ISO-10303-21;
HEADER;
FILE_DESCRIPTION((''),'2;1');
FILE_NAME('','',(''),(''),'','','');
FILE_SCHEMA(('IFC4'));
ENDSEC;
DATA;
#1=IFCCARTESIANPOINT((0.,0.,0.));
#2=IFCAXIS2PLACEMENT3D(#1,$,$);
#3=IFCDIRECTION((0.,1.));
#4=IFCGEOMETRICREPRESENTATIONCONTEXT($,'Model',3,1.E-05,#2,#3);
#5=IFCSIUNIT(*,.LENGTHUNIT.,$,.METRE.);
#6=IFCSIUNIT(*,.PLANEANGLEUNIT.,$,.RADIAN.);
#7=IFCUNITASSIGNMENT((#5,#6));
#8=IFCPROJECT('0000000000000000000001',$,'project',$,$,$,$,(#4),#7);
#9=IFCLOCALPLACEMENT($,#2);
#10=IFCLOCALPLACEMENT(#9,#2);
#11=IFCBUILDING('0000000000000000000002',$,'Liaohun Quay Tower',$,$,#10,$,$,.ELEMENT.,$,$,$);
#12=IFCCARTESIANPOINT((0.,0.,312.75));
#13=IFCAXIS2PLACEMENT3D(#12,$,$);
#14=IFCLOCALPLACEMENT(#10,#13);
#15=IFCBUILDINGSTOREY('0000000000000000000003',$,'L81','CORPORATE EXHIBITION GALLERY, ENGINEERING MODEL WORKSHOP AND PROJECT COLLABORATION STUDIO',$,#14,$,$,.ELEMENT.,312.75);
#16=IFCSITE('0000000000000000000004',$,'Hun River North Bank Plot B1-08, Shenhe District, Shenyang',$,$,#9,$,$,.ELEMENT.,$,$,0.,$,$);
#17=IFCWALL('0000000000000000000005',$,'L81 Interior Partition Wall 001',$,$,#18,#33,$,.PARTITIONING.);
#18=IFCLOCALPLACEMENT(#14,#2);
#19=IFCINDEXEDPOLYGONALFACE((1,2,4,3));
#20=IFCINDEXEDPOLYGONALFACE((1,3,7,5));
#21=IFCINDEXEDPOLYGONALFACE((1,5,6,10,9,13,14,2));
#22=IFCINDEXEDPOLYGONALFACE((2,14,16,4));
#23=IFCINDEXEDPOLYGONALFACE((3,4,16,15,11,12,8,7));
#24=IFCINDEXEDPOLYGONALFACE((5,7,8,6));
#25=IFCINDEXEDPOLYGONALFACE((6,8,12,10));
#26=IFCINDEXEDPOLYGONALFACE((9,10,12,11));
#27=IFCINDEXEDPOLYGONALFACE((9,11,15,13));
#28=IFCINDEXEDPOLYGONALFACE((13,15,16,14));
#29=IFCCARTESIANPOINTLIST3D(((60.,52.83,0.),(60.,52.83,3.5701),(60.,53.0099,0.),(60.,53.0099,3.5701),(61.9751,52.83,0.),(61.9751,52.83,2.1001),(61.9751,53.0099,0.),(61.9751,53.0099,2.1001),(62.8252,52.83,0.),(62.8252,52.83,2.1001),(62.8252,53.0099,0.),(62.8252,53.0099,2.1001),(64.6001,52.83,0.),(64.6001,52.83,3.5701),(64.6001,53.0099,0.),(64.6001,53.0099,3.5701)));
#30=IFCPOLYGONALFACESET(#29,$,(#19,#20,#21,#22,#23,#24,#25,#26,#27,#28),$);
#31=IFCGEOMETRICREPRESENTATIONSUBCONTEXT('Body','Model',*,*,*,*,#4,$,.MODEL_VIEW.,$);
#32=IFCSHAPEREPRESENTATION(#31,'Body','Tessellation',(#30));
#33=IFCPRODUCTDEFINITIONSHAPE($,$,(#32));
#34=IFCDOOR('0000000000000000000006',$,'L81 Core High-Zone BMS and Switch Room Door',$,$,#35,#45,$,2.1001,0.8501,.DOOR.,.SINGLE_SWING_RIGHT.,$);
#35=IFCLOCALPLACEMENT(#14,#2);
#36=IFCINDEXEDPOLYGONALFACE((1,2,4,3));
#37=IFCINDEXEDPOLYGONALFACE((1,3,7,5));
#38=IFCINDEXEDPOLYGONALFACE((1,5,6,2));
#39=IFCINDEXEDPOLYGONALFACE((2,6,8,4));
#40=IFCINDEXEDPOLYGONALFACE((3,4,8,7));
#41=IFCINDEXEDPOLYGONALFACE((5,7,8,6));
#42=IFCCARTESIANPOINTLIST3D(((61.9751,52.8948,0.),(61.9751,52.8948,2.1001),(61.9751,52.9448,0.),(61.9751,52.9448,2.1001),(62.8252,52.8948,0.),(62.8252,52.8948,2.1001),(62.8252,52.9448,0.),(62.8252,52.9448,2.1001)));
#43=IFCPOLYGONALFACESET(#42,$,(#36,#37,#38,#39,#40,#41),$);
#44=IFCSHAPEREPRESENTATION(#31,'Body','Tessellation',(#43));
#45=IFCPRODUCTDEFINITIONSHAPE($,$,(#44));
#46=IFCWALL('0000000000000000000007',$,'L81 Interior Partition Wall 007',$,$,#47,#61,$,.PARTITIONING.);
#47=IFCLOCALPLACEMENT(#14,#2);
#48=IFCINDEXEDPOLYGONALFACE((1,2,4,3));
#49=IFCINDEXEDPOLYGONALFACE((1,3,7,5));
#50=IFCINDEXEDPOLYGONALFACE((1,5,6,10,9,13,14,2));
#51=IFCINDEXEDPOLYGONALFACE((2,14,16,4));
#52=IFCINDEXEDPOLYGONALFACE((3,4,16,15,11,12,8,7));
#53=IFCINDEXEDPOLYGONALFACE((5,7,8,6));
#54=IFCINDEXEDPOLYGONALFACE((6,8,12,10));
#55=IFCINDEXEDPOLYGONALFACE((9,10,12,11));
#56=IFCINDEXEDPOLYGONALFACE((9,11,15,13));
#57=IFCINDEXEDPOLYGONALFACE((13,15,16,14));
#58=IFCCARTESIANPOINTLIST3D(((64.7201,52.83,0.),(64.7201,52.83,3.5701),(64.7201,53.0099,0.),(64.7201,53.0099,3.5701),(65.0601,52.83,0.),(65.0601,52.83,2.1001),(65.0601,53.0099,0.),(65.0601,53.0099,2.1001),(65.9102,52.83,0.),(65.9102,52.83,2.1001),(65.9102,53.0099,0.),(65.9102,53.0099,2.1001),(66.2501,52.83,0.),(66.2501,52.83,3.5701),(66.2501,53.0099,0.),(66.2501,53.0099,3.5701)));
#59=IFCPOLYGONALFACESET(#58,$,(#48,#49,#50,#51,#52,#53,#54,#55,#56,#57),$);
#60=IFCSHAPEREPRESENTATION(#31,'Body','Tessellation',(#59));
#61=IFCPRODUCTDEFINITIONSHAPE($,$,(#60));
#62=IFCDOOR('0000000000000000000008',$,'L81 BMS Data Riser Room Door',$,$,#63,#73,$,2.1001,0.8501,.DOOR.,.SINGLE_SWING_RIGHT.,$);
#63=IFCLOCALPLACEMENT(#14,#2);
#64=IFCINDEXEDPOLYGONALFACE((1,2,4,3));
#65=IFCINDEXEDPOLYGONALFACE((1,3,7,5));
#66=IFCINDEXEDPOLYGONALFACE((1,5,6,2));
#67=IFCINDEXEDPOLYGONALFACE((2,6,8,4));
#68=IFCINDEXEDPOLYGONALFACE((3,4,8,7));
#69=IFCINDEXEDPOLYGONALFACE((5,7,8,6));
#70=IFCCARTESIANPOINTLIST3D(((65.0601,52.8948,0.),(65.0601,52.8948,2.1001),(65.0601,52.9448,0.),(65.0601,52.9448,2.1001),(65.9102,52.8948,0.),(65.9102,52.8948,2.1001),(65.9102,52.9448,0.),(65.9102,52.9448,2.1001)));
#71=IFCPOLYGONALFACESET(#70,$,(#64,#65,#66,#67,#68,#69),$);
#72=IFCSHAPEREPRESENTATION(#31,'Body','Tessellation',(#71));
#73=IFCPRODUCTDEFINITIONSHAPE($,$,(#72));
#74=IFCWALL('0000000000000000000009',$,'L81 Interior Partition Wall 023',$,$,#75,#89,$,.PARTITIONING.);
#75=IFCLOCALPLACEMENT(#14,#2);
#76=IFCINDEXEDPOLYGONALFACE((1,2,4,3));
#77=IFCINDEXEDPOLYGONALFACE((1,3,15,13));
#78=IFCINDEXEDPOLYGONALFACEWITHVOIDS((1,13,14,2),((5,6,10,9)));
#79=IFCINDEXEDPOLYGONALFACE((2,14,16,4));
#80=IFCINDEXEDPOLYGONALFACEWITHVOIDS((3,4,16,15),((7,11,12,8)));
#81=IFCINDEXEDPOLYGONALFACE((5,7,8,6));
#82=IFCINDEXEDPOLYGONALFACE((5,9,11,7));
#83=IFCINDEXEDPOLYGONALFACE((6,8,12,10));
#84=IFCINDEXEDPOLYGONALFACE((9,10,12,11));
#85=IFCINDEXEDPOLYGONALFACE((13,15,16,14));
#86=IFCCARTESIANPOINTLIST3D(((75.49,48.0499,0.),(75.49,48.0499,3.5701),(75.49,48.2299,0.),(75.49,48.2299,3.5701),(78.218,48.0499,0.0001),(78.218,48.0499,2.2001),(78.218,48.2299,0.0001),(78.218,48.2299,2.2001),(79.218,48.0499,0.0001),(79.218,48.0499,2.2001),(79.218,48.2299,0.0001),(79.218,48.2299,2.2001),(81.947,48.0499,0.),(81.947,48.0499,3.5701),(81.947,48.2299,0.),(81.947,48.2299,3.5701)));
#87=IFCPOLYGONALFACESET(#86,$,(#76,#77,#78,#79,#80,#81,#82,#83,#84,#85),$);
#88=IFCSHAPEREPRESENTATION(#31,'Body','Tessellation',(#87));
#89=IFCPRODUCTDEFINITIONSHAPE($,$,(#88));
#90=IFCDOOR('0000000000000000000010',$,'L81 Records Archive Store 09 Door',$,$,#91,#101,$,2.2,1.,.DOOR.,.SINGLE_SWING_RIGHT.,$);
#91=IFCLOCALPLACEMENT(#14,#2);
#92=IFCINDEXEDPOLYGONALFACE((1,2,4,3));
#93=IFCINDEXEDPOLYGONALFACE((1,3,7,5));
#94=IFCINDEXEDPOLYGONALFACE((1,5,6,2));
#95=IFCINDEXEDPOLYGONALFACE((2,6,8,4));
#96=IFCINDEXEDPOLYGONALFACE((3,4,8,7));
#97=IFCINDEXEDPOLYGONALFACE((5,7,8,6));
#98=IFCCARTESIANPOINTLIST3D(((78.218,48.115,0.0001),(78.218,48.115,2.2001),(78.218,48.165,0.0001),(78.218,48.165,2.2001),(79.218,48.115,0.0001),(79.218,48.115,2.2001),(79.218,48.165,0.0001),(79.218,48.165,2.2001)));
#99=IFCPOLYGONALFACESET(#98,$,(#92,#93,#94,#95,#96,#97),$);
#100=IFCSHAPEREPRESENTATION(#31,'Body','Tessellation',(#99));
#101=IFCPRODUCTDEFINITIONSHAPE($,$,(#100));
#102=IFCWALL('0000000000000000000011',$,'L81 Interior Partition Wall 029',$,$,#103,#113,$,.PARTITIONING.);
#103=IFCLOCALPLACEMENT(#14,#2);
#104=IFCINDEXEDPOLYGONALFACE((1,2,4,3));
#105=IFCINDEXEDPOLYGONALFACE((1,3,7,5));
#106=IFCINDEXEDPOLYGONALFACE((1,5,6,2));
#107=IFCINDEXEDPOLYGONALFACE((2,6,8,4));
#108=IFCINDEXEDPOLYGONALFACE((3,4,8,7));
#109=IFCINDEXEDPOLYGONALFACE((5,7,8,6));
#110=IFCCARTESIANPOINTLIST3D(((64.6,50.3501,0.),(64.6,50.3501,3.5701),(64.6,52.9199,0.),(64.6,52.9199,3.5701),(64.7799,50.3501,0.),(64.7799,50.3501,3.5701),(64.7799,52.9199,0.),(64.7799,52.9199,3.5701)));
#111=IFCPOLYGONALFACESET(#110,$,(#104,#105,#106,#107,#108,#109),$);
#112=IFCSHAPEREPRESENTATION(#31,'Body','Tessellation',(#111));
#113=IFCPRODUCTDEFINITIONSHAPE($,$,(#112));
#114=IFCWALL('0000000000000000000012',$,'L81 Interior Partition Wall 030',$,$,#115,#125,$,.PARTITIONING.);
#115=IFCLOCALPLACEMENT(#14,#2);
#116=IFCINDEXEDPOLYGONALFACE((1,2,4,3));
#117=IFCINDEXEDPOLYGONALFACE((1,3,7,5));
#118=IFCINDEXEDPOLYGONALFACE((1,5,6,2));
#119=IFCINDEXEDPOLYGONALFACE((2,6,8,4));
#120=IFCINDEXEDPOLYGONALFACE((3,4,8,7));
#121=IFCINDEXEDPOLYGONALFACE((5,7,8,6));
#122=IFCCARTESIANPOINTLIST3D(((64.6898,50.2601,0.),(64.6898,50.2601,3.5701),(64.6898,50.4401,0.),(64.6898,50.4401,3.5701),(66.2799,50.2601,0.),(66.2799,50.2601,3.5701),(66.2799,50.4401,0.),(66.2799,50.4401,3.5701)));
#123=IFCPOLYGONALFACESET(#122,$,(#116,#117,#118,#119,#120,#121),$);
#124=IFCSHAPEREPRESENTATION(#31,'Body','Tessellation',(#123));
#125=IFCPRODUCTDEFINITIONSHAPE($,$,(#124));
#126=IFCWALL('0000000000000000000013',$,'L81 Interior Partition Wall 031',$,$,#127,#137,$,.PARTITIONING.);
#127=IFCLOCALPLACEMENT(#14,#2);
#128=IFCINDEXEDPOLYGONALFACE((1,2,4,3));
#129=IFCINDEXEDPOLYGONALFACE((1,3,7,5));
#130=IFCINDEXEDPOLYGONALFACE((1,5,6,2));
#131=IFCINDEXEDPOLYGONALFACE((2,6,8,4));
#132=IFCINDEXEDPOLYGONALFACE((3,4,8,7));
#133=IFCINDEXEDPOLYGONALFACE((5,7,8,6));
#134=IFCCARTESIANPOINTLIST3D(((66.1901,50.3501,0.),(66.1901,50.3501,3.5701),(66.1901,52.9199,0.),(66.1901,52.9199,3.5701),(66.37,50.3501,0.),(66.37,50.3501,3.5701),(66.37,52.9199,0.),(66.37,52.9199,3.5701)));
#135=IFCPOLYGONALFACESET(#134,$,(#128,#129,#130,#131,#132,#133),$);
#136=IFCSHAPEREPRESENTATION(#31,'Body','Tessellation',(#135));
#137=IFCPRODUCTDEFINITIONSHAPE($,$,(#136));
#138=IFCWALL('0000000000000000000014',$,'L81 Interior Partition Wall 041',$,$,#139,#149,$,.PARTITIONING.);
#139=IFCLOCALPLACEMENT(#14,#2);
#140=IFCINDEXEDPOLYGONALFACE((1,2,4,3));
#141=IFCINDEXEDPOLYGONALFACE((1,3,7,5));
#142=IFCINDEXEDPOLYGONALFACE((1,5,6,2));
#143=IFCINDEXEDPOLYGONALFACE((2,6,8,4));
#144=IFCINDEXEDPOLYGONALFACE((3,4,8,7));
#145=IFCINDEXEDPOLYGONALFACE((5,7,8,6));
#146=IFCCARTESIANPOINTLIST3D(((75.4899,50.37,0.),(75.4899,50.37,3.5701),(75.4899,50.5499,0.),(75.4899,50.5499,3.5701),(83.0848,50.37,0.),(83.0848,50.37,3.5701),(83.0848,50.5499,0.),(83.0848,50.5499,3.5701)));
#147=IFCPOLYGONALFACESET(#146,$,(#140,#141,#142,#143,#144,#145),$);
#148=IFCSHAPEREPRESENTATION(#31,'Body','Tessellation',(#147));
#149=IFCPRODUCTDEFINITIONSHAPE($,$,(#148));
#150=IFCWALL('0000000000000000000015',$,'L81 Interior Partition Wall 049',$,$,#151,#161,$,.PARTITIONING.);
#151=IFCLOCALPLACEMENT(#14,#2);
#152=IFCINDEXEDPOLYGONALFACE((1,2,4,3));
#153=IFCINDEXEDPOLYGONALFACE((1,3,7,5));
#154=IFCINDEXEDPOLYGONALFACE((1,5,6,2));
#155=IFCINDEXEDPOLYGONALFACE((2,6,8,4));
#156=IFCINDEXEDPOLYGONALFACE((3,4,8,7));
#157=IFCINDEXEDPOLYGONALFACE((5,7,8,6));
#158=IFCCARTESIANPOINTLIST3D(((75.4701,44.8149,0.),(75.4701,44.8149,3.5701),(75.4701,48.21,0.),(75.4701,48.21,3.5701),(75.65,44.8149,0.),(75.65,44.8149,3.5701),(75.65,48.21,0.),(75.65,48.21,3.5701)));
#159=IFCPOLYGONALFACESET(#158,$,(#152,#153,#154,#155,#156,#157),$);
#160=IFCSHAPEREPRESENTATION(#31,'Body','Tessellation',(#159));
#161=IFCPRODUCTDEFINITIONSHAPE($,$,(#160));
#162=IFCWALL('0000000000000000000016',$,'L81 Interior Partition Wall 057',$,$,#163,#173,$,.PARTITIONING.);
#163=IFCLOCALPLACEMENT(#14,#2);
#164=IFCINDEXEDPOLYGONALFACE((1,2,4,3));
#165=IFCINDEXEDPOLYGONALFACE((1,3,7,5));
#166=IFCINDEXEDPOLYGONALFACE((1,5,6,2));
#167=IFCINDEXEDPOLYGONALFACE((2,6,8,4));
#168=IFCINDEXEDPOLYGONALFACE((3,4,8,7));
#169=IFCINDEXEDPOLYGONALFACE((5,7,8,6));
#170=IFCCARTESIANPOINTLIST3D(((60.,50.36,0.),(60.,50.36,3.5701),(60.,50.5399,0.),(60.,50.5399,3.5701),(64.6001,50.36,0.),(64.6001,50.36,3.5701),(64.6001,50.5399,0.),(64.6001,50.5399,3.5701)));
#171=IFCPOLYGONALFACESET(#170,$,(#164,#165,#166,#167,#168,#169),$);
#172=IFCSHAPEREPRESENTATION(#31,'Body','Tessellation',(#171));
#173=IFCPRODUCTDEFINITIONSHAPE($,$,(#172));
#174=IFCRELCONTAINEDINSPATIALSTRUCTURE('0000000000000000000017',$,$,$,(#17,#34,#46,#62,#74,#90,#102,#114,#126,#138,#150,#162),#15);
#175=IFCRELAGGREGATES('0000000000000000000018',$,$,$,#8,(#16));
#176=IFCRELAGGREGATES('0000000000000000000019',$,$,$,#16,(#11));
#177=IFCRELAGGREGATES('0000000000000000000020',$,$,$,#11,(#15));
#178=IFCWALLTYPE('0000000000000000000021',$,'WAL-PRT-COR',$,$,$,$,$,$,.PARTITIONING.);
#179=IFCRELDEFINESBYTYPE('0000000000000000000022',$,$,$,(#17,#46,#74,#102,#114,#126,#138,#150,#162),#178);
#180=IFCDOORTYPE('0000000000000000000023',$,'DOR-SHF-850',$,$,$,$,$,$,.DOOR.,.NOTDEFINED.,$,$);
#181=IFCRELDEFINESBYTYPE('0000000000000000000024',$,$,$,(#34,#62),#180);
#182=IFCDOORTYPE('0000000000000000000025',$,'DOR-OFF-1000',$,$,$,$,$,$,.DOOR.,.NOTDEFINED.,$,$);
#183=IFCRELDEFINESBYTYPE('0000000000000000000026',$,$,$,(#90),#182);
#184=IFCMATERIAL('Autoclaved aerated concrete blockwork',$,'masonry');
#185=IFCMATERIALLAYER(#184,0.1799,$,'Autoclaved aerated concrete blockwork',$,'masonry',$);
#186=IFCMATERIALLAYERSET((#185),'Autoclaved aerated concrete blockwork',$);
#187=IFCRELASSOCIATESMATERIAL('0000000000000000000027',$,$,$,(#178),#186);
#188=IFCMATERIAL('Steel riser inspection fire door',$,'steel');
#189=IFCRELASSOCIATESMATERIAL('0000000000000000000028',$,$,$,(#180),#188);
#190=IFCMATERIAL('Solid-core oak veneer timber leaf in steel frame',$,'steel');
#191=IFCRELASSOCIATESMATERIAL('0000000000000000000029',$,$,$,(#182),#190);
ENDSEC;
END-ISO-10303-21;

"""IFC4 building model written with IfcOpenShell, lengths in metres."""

from ifc_helpers import new_model, si_unit, direction, frame, frame_2d, origin, place, context, subcontext, project, spatial, rectangle, extrude, source, transform, mapped, material, layer, layer_set, type_object, element, fill, save


model = new_model("IFC4")

# Units and contexts
model_context = context("Model", 3, precision=1e-05, world=origin(), true_north=direction((0.0, 1.0)))
body_context = subcontext(model_context, "Body", "Model", "MODEL_VIEW")
ifc_project = project(units=[si_unit("LENGTHUNIT", "METRE"), si_unit("PLANEANGLEUNIT", "RADIAN")], contexts=[model_context])

# Site, building, storey
site_placement = place(None, origin())
site = spatial("IfcSite", under=ifc_project, at=site_placement, Name="Hun River North Bank Plot B1-08, Shenhe District, Shenyang", CompositionType="ELEMENT", RefElevation=0.0)
building_placement = place(site_placement, origin())
building = spatial("IfcBuilding", under=site, at=building_placement, Name="Liaohun Quay Tower", CompositionType="ELEMENT")
storey_placement = place(building_placement, frame((0.0, 0.0, 312.75)))
storey = spatial("IfcBuildingStorey", under=building, at=storey_placement, Name="L81", Description="CORPORATE EXHIBITION GALLERY, ENGINEERING MODEL WORKSHOP AND PROJECT COLLABORATION STUDIO", CompositionType="ELEMENT", Elevation=312.75)

# Walls, openings, doors
ifc_material_1 = material(Name="Autoclaved aerated concrete blockwork", Category="masonry")
ifc_layer_1 = layer(ifc_material_1, 0.1799, Name="Autoclaved aerated concrete blockwork", Category="masonry")
ifc_layer_set_1 = layer_set([ifc_layer_1], Name="Autoclaved aerated concrete blockwork")
wall_type_1 = type_object("IfcWallType", Name="WAL-PRT-COR", PredefinedType="PARTITIONING", material=ifc_layer_set_1)
wall_1_placement = place(storey_placement, frame((60.0, 52.9199, 0.0), z_axis=(0.0, 0.0, 1.0), x_axis=(1.0, 0.0, 0.0)))
wall_1 = element("IfcWall", 1, at=wall_1_placement, inside=storey, type_object=wall_type_1, Name="L81 Interior Partition Wall 001", PredefinedType="PARTITIONING", context=body_context, shape_type="SweptSolid", body=[
    extrude(rectangle(XDim=4.6001, YDim=0.1799, at=frame_2d((2.3, 0.0))), origin(), (0.0, 0.0, 1.0), 3.5701),
])
shared_shape_1 = source(origin(), body_context, "Body", "SweptSolid", [
    extrude(rectangle(XDim=0.8501, YDim=2.1001, at=frame_2d((0.425, 1.05))), frame((0.0, 0.0999, 0.0), z_axis=(0.0, -1.0, 0.0), x_axis=(1.0, 0.0, 0.0)), (0.0, 0.0, 1.0), 0.2),
])
opening_1_placement = place(wall_1_placement, frame((1.9751, 0.0, 0.0)))
opening_1 = element("IfcOpeningElement", 2, at=opening_1_placement, cuts=wall_1, PredefinedType="OPENING", context=body_context, shape_type="MappedRepresentation", body=[
    mapped(shared_shape_1, transform((0.0, 0.0, 0.0), x_axis=(1.0, 0.0, 0.0), y_axis=(0.0, 1.0, 0.0), z_axis=(0.0, 0.0, 1.0), scale=1.0)),
])
ifc_material_2 = material(Name="Steel riser inspection fire door", Category="steel")
door_type_1 = type_object("IfcDoorType", Name="DOR-SHF-850", OperationType="NOTDEFINED", PredefinedType="DOOR", material=ifc_material_2)
shared_shape_2 = source(origin(), body_context, "Body", "SweptSolid", [
    extrude(rectangle(XDim=0.8501, YDim=2.1001, at=frame_2d((0.425, 1.05))), frame((0.0, 0.0249, 0.0), z_axis=(0.0, -1.0, 0.0), x_axis=(1.0, 0.0, 0.0)), (0.0, 0.0, 1.0), 0.05),
])
door_1_placement = place(opening_1_placement, origin())
door_1 = element("IfcDoor", 3, at=door_1_placement, inside=storey, type_object=door_type_1, Name="L81 Core High-Zone BMS and Switch Room Door", OperationType="SINGLE_SWING_RIGHT", OverallHeight=2.1001, OverallWidth=0.8501, PredefinedType="DOOR", context=body_context, shape_type="MappedRepresentation", body=[
    mapped(shared_shape_2, transform((0.0, 0.0, 0.0), x_axis=(1.0, 0.0, 0.0), y_axis=(0.0, 1.0, 0.0), z_axis=(0.0, 0.0, 1.0), scale=1.0)),
])
fill(opening_1, door_1)
wall_2_placement = place(storey_placement, frame((64.72, 52.9199, 0.0), z_axis=(0.0, 0.0, 1.0), x_axis=(1.0, 0.0, 0.0)))
wall_2 = element("IfcWall", 4, at=wall_2_placement, inside=storey, type_object=wall_type_1, Name="L81 Interior Partition Wall 007", PredefinedType="PARTITIONING", context=body_context, shape_type="SweptSolid", body=[
    extrude(rectangle(XDim=1.53, YDim=0.1799, at=frame_2d((0.7651, 0.0))), origin(), (0.0, 0.0, 1.0), 3.5701),
])
opening_2_placement = place(wall_2_placement, frame((0.3401, 0.0, 0.0)))
opening_2 = element("IfcOpeningElement", 5, at=opening_2_placement, cuts=wall_2, PredefinedType="OPENING", context=body_context, shape_type="MappedRepresentation", body=[
    mapped(shared_shape_1, transform((0.0, 0.0, 0.0), x_axis=(1.0, 0.0, 0.0), y_axis=(0.0, 1.0, 0.0), z_axis=(0.0, 0.0, 1.0), scale=1.0)),
])
door_2_placement = place(opening_2_placement, origin())
door_2 = element("IfcDoor", 6, at=door_2_placement, inside=storey, type_object=door_type_1, Name="L81 BMS Data Riser Room Door", OperationType="SINGLE_SWING_RIGHT", OverallHeight=2.1001, OverallWidth=0.8501, PredefinedType="DOOR", context=body_context, shape_type="MappedRepresentation", body=[
    mapped(shared_shape_2, transform((0.0, 0.0, 0.0), x_axis=(1.0, 0.0, 0.0), y_axis=(0.0, 1.0, 0.0), z_axis=(0.0, 0.0, 1.0), scale=1.0)),
])
fill(opening_2, door_2)
wall_3_placement = place(storey_placement, frame((81.947, 48.1399, 0.0), z_axis=(0.0, 0.0, 1.0), x_axis=(-1.0, 0.0, 0.0)))
wall_3 = element("IfcWall", 7, at=wall_3_placement, inside=storey, type_object=wall_type_1, Name="L81 Interior Partition Wall 023", PredefinedType="PARTITIONING", context=body_context, shape_type="SweptSolid", body=[
    extrude(rectangle(XDim=6.457, YDim=0.1799, at=frame_2d((3.2285, 0.0))), origin(), (0.0, 0.0, 1.0), 3.5701),
])
shared_shape_3 = source(origin(), body_context, "Body", "SweptSolid", [
    extrude(rectangle(XDim=1.0, YDim=2.2, at=frame_2d((0.5, 1.1001))), frame((0.0, 0.0999, 0.0), z_axis=(0.0, -1.0, 0.0), x_axis=(1.0, 0.0, 0.0)), (0.0, 0.0, 1.0), 0.2),
])
opening_3_placement = place(wall_3_placement, frame((2.729, 0.0, 0.0)))
opening_3 = element("IfcOpeningElement", 8, at=opening_3_placement, cuts=wall_3, PredefinedType="OPENING", context=body_context, shape_type="MappedRepresentation", body=[
    mapped(shared_shape_3, transform((0.0, 0.0, 0.0), x_axis=(1.0, 0.0, 0.0), y_axis=(0.0, 1.0, 0.0), z_axis=(0.0, 0.0, 1.0), scale=1.0)),
])
ifc_material_3 = material(Name="Solid-core oak veneer timber leaf in steel frame", Category="steel")
door_type_2 = type_object("IfcDoorType", Name="DOR-OFF-1000", OperationType="NOTDEFINED", PredefinedType="DOOR", material=ifc_material_3)
shared_shape_4 = source(origin(), body_context, "Body", "SweptSolid", [
    extrude(rectangle(XDim=1.0, YDim=2.2, at=frame_2d((0.5, 1.1001))), frame((0.0, 0.0249, 0.0), z_axis=(0.0, -1.0, 0.0), x_axis=(1.0, 0.0, 0.0)), (0.0, 0.0, 1.0), 0.05),
])
door_3_placement = place(opening_3_placement, origin())
door_3 = element("IfcDoor", 9, at=door_3_placement, inside=storey, type_object=door_type_2, Name="L81 Records Archive Store 09 Door", OperationType="SINGLE_SWING_RIGHT", OverallHeight=2.2, OverallWidth=1.0, PredefinedType="DOOR", context=body_context, shape_type="MappedRepresentation", body=[
    mapped(shared_shape_4, transform((0.0, 0.0, 0.0), x_axis=(1.0, 0.0, 0.0), y_axis=(0.0, 1.0, 0.0), z_axis=(0.0, 0.0, 1.0), scale=1.0)),
])
fill(opening_3, door_3)

# Walls
wall_4_placement = place(storey_placement, frame((64.6899, 50.3501, 0.0), z_axis=(0.0, 0.0, 1.0), x_axis=(0.0, 1.0, 0.0)))
element("IfcWall", 10, at=wall_4_placement, inside=storey, type_object=wall_type_1, Name="L81 Interior Partition Wall 029", PredefinedType="PARTITIONING", context=body_context, shape_type="SweptSolid", body=[
    extrude(rectangle(XDim=2.5698, YDim=0.1799, at=frame_2d((1.2849, 0.0))), origin(), (0.0, 0.0, 1.0), 3.5701),
])
wall_5_placement = place(storey_placement, frame((64.6899, 50.3501, 0.0), z_axis=(0.0, 0.0, 1.0), x_axis=(1.0, 0.0, 0.0)))
element("IfcWall", 11, at=wall_5_placement, inside=storey, type_object=wall_type_1, Name="L81 Interior Partition Wall 030", PredefinedType="PARTITIONING", context=body_context, shape_type="SweptSolid", body=[
    extrude(rectangle(XDim=1.5901, YDim=0.1799, at=frame_2d((0.7949, 0.0))), origin(), (0.0, 0.0, 1.0), 3.5701),
])
wall_6_placement = place(storey_placement, frame((66.28, 50.3501, 0.0), z_axis=(0.0, 0.0, 1.0), x_axis=(0.0, 1.0, 0.0)))
element("IfcWall", 12, at=wall_6_placement, inside=storey, type_object=wall_type_1, Name="L81 Interior Partition Wall 031", PredefinedType="PARTITIONING", context=body_context, shape_type="SweptSolid", body=[
    extrude(rectangle(XDim=2.5698, YDim=0.1799, at=frame_2d((1.2849, 0.0))), origin(), (0.0, 0.0, 1.0), 3.5701),
])
wall_7_placement = place(storey_placement, frame((75.49, 50.46, 0.0), z_axis=(0.0, 0.0, 1.0), x_axis=(1.0, 0.0, 0.0)))
element("IfcWall", 13, at=wall_7_placement, inside=storey, type_object=wall_type_1, Name="L81 Interior Partition Wall 041", PredefinedType="PARTITIONING", context=body_context, shape_type="SweptSolid", body=[
    extrude(rectangle(XDim=7.595, YDim=0.1799, at=frame_2d((3.7974, 0.0))), origin(), (0.0, 0.0, 1.0), 3.5701),
])
wall_8_placement = place(storey_placement, frame((75.5601, 48.21, 0.0), z_axis=(0.0, 0.0, 1.0), x_axis=(0.0, -1.0, 0.0)))
element("IfcWall", 14, at=wall_8_placement, inside=storey, type_object=wall_type_1, Name="L81 Interior Partition Wall 049", PredefinedType="PARTITIONING", context=body_context, shape_type="SweptSolid", body=[
    extrude(rectangle(XDim=3.395, YDim=0.1799, at=frame_2d((1.6975, 0.0))), origin(), (0.0, 0.0, 1.0), 3.5701),
])
wall_9_placement = place(storey_placement, frame((60.0, 50.45, 0.0), z_axis=(0.0, 0.0, 1.0), x_axis=(1.0, 0.0, 0.0)))
element("IfcWall", 15, at=wall_9_placement, inside=storey, type_object=wall_type_1, Name="L81 Interior Partition Wall 057", PredefinedType="PARTITIONING", context=body_context, shape_type="SweptSolid", body=[
    extrude(rectangle(XDim=4.6001, YDim=0.1799, at=frame_2d((2.3, 0.0))), origin(), (0.0, 0.0, 1.0), 3.5701),
])

save(model, "model.ifc")
